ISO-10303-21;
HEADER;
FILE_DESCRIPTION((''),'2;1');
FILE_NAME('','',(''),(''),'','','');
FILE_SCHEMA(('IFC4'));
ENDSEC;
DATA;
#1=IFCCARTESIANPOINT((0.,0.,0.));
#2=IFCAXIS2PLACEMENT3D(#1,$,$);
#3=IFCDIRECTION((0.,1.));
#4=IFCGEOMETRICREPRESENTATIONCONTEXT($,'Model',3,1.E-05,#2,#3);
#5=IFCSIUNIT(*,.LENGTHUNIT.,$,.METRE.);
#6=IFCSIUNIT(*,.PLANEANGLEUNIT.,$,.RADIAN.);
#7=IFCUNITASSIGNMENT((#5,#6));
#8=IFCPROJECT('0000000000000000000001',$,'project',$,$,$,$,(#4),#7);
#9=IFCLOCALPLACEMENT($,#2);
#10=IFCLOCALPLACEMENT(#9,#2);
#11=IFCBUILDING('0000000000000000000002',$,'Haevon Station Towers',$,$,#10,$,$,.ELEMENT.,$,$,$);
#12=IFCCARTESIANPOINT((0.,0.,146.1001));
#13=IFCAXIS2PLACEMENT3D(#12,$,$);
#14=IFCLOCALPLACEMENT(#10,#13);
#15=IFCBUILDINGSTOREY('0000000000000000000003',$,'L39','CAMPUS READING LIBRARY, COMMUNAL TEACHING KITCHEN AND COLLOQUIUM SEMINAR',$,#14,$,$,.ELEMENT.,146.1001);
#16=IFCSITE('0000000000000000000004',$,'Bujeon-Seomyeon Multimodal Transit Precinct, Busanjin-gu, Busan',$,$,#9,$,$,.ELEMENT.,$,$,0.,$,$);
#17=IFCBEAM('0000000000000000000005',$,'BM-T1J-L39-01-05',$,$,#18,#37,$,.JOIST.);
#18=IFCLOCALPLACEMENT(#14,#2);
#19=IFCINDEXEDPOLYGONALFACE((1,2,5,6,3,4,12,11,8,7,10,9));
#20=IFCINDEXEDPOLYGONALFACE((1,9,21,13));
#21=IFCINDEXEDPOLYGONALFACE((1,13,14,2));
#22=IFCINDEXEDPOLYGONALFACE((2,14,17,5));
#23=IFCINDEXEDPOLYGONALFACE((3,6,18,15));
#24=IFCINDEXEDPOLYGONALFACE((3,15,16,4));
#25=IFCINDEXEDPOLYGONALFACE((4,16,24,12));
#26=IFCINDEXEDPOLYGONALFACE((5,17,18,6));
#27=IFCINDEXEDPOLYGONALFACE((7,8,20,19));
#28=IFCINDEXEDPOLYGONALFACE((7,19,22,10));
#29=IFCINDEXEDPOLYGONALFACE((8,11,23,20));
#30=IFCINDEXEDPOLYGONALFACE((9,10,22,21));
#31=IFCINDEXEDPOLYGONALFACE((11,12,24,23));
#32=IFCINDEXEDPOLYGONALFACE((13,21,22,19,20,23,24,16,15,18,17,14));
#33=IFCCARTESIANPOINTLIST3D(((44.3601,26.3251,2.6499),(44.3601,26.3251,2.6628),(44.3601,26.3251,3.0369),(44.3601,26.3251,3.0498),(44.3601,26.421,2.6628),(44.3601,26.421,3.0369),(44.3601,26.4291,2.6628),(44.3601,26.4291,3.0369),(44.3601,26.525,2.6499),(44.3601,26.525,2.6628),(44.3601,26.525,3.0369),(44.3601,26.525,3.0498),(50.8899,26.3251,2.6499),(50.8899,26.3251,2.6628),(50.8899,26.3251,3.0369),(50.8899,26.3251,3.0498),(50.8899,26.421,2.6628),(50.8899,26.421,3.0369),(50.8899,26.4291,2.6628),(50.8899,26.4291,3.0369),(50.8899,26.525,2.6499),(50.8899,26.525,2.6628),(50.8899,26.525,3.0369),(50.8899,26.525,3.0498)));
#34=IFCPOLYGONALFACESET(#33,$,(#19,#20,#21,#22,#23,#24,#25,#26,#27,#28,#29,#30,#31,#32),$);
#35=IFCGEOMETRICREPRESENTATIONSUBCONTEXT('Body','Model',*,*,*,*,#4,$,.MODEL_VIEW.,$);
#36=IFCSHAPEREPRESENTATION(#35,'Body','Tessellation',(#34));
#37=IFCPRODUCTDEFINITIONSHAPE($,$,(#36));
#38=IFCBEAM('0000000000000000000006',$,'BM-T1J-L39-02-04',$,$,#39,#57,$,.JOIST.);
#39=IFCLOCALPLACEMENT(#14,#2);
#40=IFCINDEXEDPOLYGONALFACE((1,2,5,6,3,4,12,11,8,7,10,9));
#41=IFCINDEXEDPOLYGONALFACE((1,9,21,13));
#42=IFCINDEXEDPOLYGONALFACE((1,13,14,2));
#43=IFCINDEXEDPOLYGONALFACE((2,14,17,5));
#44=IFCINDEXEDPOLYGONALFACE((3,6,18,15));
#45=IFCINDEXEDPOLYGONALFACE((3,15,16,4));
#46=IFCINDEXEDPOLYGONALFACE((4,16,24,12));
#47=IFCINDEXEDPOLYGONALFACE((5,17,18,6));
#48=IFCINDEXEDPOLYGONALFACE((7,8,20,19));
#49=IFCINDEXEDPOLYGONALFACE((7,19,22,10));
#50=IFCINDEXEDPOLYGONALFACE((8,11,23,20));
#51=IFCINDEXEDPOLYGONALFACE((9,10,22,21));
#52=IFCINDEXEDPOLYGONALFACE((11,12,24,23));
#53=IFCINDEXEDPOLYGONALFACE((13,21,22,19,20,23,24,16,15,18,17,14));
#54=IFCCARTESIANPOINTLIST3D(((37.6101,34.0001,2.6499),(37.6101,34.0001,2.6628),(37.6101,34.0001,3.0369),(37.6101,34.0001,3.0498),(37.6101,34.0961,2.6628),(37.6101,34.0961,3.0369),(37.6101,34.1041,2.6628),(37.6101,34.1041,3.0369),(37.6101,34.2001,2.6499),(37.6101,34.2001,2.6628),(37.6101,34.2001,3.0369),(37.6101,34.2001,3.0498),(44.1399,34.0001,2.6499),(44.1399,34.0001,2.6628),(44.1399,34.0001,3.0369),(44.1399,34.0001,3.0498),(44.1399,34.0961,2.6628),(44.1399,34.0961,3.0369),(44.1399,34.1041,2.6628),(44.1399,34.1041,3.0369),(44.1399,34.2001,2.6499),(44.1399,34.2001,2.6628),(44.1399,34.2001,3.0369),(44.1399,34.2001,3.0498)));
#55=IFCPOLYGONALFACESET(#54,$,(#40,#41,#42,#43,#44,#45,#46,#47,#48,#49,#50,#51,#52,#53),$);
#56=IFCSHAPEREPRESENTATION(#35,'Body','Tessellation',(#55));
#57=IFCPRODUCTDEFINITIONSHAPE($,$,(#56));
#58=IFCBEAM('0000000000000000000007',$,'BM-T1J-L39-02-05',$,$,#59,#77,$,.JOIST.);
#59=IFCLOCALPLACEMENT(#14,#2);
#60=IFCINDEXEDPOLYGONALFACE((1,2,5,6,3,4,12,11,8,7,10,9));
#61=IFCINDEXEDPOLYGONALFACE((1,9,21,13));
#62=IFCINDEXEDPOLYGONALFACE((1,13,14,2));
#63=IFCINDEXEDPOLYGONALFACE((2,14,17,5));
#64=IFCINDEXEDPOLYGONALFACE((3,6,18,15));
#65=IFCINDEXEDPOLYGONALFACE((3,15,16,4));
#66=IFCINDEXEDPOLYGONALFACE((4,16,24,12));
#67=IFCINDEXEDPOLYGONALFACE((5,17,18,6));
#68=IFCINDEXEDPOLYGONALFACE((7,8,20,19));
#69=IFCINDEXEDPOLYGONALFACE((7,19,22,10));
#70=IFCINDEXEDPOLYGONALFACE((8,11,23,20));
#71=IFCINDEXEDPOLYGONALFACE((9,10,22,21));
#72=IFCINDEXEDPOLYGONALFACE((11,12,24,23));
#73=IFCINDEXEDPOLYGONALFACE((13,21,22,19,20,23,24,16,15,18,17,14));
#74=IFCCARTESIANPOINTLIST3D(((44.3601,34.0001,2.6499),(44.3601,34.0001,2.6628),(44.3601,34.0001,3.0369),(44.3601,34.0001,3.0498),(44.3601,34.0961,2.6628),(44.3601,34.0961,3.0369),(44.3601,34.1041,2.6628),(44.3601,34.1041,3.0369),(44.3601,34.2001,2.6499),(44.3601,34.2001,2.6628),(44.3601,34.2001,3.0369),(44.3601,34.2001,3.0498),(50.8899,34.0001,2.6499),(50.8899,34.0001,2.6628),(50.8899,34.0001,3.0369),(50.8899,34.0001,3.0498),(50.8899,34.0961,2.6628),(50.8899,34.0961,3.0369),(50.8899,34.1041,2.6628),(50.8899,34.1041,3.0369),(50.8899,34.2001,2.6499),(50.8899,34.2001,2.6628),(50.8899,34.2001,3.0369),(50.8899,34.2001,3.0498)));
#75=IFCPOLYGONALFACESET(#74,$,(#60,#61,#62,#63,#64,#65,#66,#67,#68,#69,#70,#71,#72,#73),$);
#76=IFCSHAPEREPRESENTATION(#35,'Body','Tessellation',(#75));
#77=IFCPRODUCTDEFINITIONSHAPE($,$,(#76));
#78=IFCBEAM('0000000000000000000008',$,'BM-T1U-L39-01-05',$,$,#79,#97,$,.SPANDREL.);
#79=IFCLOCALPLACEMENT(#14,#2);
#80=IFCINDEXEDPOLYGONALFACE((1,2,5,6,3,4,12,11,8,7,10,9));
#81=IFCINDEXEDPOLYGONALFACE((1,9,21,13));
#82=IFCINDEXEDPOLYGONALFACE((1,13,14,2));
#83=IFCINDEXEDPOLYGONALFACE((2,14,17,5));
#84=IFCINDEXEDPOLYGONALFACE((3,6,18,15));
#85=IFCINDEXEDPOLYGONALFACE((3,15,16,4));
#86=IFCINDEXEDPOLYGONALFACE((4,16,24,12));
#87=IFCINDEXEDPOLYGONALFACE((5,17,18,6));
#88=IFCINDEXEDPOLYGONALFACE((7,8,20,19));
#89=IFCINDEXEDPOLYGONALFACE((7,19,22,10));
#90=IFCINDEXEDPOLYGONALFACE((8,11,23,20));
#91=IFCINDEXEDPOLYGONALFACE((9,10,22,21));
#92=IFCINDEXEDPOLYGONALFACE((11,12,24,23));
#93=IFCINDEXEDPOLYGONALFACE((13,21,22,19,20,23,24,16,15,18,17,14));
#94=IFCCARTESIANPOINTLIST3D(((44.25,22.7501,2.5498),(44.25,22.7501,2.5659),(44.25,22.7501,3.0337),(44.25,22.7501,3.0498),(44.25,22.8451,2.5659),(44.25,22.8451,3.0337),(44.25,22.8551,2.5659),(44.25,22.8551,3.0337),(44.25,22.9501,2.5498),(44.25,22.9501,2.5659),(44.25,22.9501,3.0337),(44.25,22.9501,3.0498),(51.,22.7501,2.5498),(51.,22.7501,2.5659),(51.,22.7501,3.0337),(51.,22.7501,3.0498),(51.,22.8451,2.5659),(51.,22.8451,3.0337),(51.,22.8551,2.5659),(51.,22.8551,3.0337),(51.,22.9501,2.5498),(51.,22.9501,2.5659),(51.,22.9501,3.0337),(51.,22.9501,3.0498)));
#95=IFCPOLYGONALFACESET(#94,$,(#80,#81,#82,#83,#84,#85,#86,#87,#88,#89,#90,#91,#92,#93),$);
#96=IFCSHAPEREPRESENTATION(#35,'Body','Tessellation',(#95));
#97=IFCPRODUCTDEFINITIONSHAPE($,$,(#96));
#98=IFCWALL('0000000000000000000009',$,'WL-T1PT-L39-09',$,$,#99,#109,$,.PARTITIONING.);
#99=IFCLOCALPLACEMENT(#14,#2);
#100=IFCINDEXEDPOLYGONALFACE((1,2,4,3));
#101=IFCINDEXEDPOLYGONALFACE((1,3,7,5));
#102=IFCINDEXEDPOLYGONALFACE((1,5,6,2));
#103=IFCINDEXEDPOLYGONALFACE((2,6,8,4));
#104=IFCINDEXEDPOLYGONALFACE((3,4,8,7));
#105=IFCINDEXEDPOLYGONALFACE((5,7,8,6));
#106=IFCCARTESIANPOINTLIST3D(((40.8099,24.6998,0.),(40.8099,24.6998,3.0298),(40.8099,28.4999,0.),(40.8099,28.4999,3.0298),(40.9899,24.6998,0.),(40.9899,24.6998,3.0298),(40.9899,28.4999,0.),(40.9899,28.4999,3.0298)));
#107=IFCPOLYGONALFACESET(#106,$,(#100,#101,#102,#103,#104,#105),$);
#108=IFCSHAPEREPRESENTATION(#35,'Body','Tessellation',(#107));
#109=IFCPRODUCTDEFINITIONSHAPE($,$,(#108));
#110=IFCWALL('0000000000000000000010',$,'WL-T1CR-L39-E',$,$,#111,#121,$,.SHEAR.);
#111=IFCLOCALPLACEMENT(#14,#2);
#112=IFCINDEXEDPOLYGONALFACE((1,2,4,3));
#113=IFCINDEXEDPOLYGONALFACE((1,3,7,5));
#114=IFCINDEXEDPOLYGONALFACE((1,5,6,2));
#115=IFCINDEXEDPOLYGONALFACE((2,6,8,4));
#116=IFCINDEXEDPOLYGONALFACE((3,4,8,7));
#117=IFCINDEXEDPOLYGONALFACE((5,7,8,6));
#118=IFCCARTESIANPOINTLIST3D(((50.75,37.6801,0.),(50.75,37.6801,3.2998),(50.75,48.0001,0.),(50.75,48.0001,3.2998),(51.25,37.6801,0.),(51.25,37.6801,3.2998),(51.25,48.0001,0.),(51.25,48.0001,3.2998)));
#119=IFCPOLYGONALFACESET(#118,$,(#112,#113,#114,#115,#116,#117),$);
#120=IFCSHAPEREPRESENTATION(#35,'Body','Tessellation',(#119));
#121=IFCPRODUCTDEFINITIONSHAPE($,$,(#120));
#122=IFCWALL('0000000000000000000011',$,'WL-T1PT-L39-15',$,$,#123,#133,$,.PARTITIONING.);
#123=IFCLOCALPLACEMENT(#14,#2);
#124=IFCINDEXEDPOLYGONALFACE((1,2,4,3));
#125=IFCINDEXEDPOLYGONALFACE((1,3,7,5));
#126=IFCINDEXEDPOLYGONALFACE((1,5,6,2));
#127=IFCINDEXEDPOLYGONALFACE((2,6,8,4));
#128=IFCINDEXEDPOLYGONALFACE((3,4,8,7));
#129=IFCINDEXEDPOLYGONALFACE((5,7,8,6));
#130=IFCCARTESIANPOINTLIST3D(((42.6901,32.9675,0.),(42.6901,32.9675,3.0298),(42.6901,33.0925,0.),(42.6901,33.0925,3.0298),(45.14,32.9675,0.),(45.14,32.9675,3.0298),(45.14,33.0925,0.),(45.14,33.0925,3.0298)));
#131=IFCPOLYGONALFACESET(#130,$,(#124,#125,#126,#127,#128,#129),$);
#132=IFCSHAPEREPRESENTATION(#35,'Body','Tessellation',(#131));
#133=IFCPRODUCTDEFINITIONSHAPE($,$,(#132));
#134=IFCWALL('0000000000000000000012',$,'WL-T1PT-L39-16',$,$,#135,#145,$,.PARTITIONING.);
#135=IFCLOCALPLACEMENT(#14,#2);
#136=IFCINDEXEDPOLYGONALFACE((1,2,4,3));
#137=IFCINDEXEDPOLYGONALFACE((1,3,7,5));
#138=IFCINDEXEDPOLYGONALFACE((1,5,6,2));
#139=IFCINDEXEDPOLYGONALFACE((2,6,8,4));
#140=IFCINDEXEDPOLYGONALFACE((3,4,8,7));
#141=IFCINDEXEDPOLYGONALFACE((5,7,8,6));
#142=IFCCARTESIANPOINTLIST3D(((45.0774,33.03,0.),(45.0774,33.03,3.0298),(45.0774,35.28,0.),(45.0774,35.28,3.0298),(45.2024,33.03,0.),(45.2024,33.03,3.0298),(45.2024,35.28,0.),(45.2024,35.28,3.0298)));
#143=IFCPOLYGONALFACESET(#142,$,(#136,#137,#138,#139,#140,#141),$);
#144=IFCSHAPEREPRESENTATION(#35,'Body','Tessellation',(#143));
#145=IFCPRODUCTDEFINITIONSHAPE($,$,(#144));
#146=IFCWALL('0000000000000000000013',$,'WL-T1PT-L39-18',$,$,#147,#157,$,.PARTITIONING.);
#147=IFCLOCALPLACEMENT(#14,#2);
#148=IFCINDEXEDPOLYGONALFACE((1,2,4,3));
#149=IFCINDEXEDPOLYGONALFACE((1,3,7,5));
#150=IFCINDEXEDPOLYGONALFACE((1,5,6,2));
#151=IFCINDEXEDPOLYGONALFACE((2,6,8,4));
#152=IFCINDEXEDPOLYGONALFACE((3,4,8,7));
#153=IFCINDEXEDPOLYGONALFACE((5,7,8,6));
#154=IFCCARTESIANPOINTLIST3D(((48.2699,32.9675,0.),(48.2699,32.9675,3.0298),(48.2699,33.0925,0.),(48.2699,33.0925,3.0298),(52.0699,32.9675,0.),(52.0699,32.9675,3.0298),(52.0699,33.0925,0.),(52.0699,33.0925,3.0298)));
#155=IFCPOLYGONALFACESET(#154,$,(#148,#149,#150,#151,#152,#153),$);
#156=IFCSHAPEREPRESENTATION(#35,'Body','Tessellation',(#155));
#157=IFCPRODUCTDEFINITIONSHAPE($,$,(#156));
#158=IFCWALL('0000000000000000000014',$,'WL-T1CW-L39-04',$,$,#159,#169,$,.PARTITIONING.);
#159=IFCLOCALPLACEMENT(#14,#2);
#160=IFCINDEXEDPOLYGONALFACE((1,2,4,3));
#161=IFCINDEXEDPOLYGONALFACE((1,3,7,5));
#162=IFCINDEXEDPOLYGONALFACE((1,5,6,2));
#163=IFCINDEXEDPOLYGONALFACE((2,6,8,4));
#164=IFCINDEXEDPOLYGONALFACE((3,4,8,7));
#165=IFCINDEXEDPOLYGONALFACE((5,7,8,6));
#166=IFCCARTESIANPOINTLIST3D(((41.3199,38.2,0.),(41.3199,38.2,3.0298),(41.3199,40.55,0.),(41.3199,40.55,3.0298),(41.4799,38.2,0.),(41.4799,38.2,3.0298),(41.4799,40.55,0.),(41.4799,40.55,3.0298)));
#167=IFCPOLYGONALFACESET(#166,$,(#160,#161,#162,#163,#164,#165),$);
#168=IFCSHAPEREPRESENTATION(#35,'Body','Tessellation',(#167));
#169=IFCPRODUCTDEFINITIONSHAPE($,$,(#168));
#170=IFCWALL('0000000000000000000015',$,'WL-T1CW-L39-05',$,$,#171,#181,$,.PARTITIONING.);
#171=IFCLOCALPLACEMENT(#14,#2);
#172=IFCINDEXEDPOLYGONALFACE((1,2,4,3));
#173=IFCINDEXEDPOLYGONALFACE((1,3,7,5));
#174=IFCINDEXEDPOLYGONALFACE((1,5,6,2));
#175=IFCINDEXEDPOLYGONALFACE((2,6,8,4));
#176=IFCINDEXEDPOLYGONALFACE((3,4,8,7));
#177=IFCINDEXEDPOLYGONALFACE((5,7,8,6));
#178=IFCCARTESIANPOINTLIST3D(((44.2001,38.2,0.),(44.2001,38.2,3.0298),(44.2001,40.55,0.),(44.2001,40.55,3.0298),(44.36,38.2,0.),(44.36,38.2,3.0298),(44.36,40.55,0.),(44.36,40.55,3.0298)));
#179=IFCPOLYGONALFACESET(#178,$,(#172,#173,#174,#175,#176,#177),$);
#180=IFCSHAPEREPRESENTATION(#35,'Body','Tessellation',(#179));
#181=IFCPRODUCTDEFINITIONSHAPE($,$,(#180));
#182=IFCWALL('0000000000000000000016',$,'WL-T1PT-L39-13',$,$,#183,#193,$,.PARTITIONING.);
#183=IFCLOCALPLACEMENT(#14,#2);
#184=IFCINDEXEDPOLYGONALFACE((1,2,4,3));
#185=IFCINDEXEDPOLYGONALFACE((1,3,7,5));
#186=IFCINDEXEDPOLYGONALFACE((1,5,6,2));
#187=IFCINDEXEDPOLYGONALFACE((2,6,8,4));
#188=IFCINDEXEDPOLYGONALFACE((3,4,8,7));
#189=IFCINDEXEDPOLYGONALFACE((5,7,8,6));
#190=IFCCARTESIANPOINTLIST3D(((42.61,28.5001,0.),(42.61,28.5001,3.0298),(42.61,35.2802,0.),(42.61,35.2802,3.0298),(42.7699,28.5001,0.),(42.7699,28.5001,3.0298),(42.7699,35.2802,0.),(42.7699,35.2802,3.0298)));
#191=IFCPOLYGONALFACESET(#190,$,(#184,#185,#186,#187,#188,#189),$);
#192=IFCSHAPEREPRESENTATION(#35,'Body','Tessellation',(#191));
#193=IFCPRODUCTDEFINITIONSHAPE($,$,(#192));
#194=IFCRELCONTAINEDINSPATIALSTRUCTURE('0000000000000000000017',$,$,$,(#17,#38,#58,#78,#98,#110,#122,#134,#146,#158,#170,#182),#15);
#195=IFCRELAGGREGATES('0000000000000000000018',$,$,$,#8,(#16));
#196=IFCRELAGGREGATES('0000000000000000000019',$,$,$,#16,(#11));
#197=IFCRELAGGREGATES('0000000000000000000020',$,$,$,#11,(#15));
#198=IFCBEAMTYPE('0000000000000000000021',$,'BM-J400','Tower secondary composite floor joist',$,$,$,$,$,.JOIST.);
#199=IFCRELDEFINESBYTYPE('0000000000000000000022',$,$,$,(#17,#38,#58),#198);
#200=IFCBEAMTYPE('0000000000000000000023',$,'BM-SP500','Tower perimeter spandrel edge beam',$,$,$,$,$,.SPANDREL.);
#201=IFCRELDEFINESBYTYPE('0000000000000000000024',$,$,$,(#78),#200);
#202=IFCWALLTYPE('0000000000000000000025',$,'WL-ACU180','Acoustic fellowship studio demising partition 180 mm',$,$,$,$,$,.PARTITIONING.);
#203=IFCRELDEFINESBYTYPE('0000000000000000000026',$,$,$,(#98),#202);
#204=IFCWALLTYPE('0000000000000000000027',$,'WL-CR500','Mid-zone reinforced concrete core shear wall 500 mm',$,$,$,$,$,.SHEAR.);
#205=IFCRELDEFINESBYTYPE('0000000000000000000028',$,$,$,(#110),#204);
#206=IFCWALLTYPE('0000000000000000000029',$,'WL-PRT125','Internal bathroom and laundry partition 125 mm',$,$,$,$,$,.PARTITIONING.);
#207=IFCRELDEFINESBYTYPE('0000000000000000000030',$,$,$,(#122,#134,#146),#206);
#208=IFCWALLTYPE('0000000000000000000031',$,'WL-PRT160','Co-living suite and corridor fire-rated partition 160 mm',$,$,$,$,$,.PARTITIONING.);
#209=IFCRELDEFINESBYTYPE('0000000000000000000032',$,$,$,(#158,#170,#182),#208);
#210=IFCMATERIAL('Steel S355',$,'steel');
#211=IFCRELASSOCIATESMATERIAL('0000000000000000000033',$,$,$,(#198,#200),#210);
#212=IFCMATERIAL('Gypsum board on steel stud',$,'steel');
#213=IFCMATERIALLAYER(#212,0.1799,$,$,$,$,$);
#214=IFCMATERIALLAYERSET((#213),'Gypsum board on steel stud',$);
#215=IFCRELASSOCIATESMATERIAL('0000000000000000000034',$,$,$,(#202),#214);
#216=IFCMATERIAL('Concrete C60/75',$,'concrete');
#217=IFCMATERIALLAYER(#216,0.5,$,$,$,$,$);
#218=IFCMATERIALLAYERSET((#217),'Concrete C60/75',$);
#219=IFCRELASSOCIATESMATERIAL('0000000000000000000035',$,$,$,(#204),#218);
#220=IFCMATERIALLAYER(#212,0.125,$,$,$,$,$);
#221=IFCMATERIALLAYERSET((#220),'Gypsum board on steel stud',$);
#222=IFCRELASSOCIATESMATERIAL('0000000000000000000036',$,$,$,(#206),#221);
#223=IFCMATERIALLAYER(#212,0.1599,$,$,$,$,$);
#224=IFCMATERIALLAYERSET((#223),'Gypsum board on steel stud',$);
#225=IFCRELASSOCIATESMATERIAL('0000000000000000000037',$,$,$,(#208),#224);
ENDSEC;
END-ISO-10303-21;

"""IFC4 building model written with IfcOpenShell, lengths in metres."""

from ifc_helpers import new_model, si_unit, direction, frame, frame_2d, origin, origin_2d, place, context, subcontext, project, spatial, rectangle, i_section, extrude, material, layer, layer_set, material_profile, profile_set, type_object, element, save


model = new_model("IFC4")

# Units and contexts
model_context = context("Model", 3, precision=1e-05, world=origin(), true_north=direction((0.0, 1.0)))
body_context = subcontext(model_context, "Body", "Model", "MODEL_VIEW")
ifc_project = project(units=[si_unit("LENGTHUNIT", "METRE"), si_unit("PLANEANGLEUNIT", "RADIAN")], contexts=[model_context])

# Site, building, storey
site_placement = place(None, origin())
site = spatial("IfcSite", under=ifc_project, at=site_placement, Name="Bujeon-Seomyeon Multimodal Transit Precinct, Busanjin-gu, Busan", CompositionType="ELEMENT", RefElevation=0.0)
building_placement = place(site_placement, origin())
building = spatial("IfcBuilding", under=site, at=building_placement, Name="Haevon Station Towers", CompositionType="ELEMENT")
storey_placement = place(building_placement, frame((0.0, 0.0, 146.1001)))
storey = spatial("IfcBuildingStorey", under=building, at=storey_placement, Name="L39", Description="CAMPUS READING LIBRARY, COMMUNAL TEACHING KITCHEN AND COLLOQUIUM SEMINAR", CompositionType="ELEMENT", Elevation=146.1001)

# Shared definitions
ifc_material_1 = material(Name="Steel S355", Category="steel")

# Beams
ifc_material_profile_1 = material_profile(ifc_material_1, i_section(OverallWidth=0.2, OverallDepth=0.3999, WebThickness=0.0081, FlangeThickness=0.0129, at=origin_2d()), Name="H-400x200x8x13")
ifc_profile_set_1 = profile_set([ifc_material_profile_1], Name="Steel S355")
beam_type_1 = type_object("IfcBeamType", Name="BM-J400", Description="Tower secondary composite floor joist", PredefinedType="JOIST", material=ifc_profile_set_1)
for number, where, z_axis, x_axis, name in (
    (1, (44.3601, 26.425, 2.8499), (1.0, 0.0, 0.0), (0.0, 1.0, 0.0), "BM-T1J-L39-01-05"),
    (2, (37.6101, 34.1001, 2.8499), (1.0, 0.0, 0.0), (0.0, 1.0, 0.0), "BM-T1J-L39-02-04"),
    (3, (44.3601, 34.1001, 2.8499), (1.0, 0.0, 0.0), (0.0, 1.0, 0.0), "BM-T1J-L39-02-05"),
):
    element("IfcBeam", number, at=place(storey_placement, frame(where, z_axis=z_axis, x_axis=x_axis)), inside=storey, type_object=beam_type_1, Name=name, PredefinedType="JOIST", context=body_context, shape_type="SweptSolid", body=[
        extrude(i_section(OverallWidth=0.2, OverallDepth=0.3999, WebThickness=0.0081, FlangeThickness=0.0129, at=origin_2d()), origin(), (0.0, 0.0, 1.0), 6.5298),
    ])
ifc_material_profile_2 = material_profile(ifc_material_1, i_section(OverallWidth=0.2, OverallDepth=0.5, WebThickness=0.01, FlangeThickness=0.0161, at=origin_2d()), Name="H-500x200x10x16")
ifc_profile_set_2 = profile_set([ifc_material_profile_2], Name="Steel S355")
beam_type_2 = type_object("IfcBeamType", Name="BM-SP500", Description="Tower perimeter spandrel edge beam", PredefinedType="SPANDREL", material=ifc_profile_set_2)
beam_1_placement = place(storey_placement, frame((44.25, 22.8501, 2.7998), z_axis=(1.0, 0.0, 0.0), x_axis=(0.0, 1.0, 0.0)))
element("IfcBeam", 4, at=beam_1_placement, inside=storey, type_object=beam_type_2, Name="BM-T1U-L39-01-05", PredefinedType="SPANDREL", context=body_context, shape_type="SweptSolid", body=[
    extrude(i_section(OverallWidth=0.2, OverallDepth=0.5, WebThickness=0.01, FlangeThickness=0.0161, at=origin_2d()), origin(), (0.0, 0.0, 1.0), 6.75),
])

# Walls
ifc_material_2 = material(Name="Gypsum board on steel stud", Category="steel")
ifc_layer_1 = layer(ifc_material_2, 0.1799)
ifc_layer_set_1 = layer_set([ifc_layer_1], Name="Gypsum board on steel stud")
wall_type_1 = type_object("IfcWallType", Name="WL-ACU180", Description="Acoustic fellowship studio demising partition 180 mm", PredefinedType="PARTITIONING", material=ifc_layer_set_1)
wall_1_placement = place(storey_placement, frame((40.8999, 24.7, 0.0), z_axis=(0.0, 0.0, 1.0), x_axis=(0.0, 1.0, 0.0)))
element("IfcWall", 5, at=wall_1_placement, inside=storey, type_object=wall_type_1, Name="WL-T1PT-L39-09", PredefinedType="PARTITIONING", context=body_context, shape_type="SweptSolid", body=[
    extrude(rectangle(XDim=3.8, YDim=0.1799, at=frame_2d((1.8999, 0.0))), origin(), (0.0, 0.0, 1.0), 3.0298),
])
ifc_material_3 = material(Name="Concrete C60/75", Category="concrete")
ifc_layer_2 = layer(ifc_material_3, 0.5)
ifc_layer_set_2 = layer_set([ifc_layer_2], Name="Concrete C60/75")
wall_type_2 = type_object("IfcWallType", Name="WL-CR500", Description="Mid-zone reinforced concrete core shear wall 500 mm", PredefinedType="SHEAR", material=ifc_layer_set_2)
wall_2_placement = place(storey_placement, frame((51.0, 37.6799, 0.0), z_axis=(0.0, 0.0, 1.0), x_axis=(0.0, 1.0, 0.0)))
element("IfcWall", 6, at=wall_2_placement, inside=storey, type_object=wall_type_2, Name="WL-T1CR-L39-E", PredefinedType="SHEAR", context=body_context, shape_type="SweptSolid", body=[
    extrude(rectangle(XDim=10.3201, YDim=0.5, at=frame_2d((5.1602, 0.0))), origin(), (0.0, 0.0, 1.0), 3.2998),
])
ifc_layer_3 = layer(ifc_material_2, 0.125)
ifc_layer_set_3 = layer_set([ifc_layer_3], Name="Gypsum board on steel stud")
wall_type_3 = type_object("IfcWallType", Name="WL-PRT125", Description="Internal bathroom and laundry partition 125 mm", PredefinedType="PARTITIONING", material=ifc_layer_set_3)
wall_3_placement = place(storey_placement, frame((42.6899, 33.03, 0.0), z_axis=(0.0, 0.0, 1.0), x_axis=(1.0, 0.0, 0.0)))
element("IfcWall", 7, at=wall_3_placement, inside=storey, type_object=wall_type_3, Name="WL-T1PT-L39-15", PredefinedType="PARTITIONING", context=body_context, shape_type="SweptSolid", body=[
    extrude(rectangle(XDim=2.45, YDim=0.125, at=frame_2d((1.2251, 0.0))), origin(), (0.0, 0.0, 1.0), 3.0298),
])
wall_4_placement = place(storey_placement, frame((45.1399, 33.03, 0.0), z_axis=(0.0, 0.0, 1.0), x_axis=(0.0, 1.0, 0.0)))
element("IfcWall", 8, at=wall_4_placement, inside=storey, type_object=wall_type_3, Name="WL-T1PT-L39-16", PredefinedType="PARTITIONING", context=body_context, shape_type="SweptSolid", body=[
    extrude(rectangle(XDim=2.25, YDim=0.125, at=frame_2d((1.125, 0.0))), origin(), (0.0, 0.0, 1.0), 3.0298),
])
wall_5_placement = place(storey_placement, frame((48.27, 33.03, 0.0), z_axis=(0.0, 0.0, 1.0), x_axis=(1.0, 0.0, 0.0)))
element("IfcWall", 9, at=wall_5_placement, inside=storey, type_object=wall_type_3, Name="WL-T1PT-L39-18", PredefinedType="PARTITIONING", context=body_context, shape_type="SweptSolid", body=[
    extrude(rectangle(XDim=3.8, YDim=0.125, at=frame_2d((1.8999, 0.0))), origin(), (0.0, 0.0, 1.0), 3.0298),
])
ifc_layer_4 = layer(ifc_material_2, 0.1599)
ifc_layer_set_4 = layer_set([ifc_layer_4], Name="Gypsum board on steel stud")
wall_type_4 = type_object("IfcWallType", Name="WL-PRT160", Description="Co-living suite and corridor fire-rated partition 160 mm", PredefinedType="PARTITIONING", material=ifc_layer_set_4)
for number, where, z_axis, x_axis, name in (
    (10, (41.3999, 38.2, 0.0), (0.0, 0.0, 1.0), (0.0, 1.0, 0.0), "WL-T1CW-L39-04"),
    (11, (44.28, 38.2, 0.0), (0.0, 0.0, 1.0), (0.0, 1.0, 0.0), "WL-T1CW-L39-05"),
):
    element("IfcWall", number, at=place(storey_placement, frame(where, z_axis=z_axis, x_axis=x_axis)), inside=storey, type_object=wall_type_4, Name=name, PredefinedType="PARTITIONING", context=body_context, shape_type="SweptSolid", body=[
        extrude(rectangle(XDim=2.3501, YDim=0.1599, at=frame_2d((1.175, 0.0))), origin(), (0.0, 0.0, 1.0), 3.0298),
    ])
wall_6_placement = place(storey_placement, frame((42.6899, 28.5, 0.0), z_axis=(0.0, 0.0, 1.0), x_axis=(0.0, 1.0, 0.0)))
element("IfcWall", 12, at=wall_6_placement, inside=storey, type_object=wall_type_4, Name="WL-T1PT-L39-13", PredefinedType="PARTITIONING", context=body_context, shape_type="SweptSolid", body=[
    extrude(rectangle(XDim=6.78, YDim=0.1599, at=frame_2d((3.3901, 0.0))), origin(), (0.0, 0.0, 1.0), 3.0298),
])

save(model, "model.ifc")
